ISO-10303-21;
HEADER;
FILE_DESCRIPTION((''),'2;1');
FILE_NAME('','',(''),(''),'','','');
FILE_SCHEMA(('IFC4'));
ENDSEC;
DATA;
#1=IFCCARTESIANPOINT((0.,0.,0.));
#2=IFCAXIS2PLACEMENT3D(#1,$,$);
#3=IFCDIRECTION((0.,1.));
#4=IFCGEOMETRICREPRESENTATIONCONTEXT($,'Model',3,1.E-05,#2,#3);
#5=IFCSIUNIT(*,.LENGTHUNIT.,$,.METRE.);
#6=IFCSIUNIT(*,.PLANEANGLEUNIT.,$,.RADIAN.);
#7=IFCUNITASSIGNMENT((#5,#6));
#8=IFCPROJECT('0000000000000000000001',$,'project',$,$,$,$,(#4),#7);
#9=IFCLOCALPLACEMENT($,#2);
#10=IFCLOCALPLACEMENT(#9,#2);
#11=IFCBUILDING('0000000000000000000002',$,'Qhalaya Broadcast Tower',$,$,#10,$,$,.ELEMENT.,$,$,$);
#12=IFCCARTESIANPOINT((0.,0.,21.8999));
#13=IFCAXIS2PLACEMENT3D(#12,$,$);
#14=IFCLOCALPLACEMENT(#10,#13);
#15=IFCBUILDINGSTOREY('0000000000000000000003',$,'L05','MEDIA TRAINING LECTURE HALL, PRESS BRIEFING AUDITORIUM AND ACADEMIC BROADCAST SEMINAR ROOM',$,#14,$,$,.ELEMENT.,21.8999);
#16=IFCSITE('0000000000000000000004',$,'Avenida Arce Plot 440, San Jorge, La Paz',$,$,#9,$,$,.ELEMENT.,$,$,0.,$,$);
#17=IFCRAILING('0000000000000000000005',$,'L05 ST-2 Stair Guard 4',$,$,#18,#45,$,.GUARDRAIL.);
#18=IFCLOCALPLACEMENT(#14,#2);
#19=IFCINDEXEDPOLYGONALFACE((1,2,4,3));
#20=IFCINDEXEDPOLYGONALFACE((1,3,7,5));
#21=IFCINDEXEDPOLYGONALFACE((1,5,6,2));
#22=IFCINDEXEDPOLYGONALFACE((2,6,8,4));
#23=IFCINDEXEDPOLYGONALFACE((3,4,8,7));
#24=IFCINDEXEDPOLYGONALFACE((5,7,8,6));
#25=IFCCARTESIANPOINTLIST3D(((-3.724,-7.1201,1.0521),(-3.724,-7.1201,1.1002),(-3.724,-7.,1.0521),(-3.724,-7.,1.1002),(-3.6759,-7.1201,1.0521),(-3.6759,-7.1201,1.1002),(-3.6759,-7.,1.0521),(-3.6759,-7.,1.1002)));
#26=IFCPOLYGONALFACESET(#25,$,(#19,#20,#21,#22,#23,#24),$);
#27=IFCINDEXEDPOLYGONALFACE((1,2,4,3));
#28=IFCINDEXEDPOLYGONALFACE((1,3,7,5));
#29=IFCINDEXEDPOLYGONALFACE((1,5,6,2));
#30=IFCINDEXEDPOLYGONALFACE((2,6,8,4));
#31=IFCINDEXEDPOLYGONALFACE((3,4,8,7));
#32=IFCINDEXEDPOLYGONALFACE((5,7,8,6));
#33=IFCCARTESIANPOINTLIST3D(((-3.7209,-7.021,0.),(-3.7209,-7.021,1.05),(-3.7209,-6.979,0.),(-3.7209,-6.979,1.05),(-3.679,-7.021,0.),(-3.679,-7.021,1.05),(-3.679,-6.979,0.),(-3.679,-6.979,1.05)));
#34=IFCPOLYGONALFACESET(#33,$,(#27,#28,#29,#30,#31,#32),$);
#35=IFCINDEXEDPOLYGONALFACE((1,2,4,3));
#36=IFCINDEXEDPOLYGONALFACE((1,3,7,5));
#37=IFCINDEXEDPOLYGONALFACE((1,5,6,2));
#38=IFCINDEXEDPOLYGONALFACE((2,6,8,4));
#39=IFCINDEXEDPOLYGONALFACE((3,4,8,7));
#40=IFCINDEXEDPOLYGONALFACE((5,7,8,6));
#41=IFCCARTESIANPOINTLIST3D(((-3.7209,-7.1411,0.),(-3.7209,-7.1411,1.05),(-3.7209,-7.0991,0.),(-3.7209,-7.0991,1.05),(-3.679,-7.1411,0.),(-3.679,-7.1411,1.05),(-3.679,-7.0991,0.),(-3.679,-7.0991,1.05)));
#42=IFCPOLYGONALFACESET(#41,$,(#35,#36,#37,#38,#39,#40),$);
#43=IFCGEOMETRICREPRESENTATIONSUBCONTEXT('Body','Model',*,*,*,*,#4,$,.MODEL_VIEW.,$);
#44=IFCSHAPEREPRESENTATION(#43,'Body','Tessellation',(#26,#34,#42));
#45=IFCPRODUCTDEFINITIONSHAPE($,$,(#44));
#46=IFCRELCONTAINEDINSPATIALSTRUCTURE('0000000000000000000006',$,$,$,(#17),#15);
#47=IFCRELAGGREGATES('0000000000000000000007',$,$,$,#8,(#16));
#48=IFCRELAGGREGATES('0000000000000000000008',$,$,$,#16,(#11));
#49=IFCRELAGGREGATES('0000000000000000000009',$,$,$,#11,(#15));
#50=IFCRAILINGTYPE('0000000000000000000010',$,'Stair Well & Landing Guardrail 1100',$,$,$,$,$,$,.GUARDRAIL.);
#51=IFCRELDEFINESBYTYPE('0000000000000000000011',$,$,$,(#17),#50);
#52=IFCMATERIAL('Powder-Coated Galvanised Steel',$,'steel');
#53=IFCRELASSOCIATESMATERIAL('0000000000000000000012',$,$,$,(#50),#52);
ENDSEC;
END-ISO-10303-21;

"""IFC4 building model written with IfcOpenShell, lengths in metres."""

from ifc_helpers import new_model, si_unit, direction, frame, origin, origin_2d, place, context, subcontext, project, spatial, rectangle, extrude, material, type_object, element, save


model = new_model("IFC4")

# Units and contexts
model_context = context("Model", 3, precision=1e-05, world=origin(), true_north=direction((0.0, 1.0)))
body_context = subcontext(model_context, "Body", "Model", "MODEL_VIEW")
ifc_project = project(units=[si_unit("LENGTHUNIT", "METRE"), si_unit("PLANEANGLEUNIT", "RADIAN")], contexts=[model_context])

# Site, building, storey
site_placement = place(None, origin())
site = spatial("IfcSite", under=ifc_project, at=site_placement, Name="Avenida Arce Plot 440, San Jorge, La Paz", CompositionType="ELEMENT", RefElevation=0.0)
building_placement = place(site_placement, origin())
building = spatial("IfcBuilding", under=site, at=building_placement, Name="Qhalaya Broadcast Tower", CompositionType="ELEMENT")
storey_placement = place(building_placement, frame((0.0, 0.0, 21.8999)))
storey = spatial("IfcBuildingStorey", under=building, at=storey_placement, Name="L05", Description="MEDIA TRAINING LECTURE HALL, PRESS BRIEFING AUDITORIUM AND ACADEMIC BROADCAST SEMINAR ROOM", CompositionType="ELEMENT", Elevation=21.8999)

# Railing
ifc_material_1 = material(Name="Powder-Coated Galvanised Steel", Category="steel")
railing_type_1 = type_object("IfcRailingType", Name="Stair Well & Landing Guardrail 1100", PredefinedType="GUARDRAIL", material=ifc_material_1)
railing_1_placement = place(storey_placement, frame((-3.7, -7.0, 0.0)))
element("IfcRailing", 1, at=railing_1_placement, inside=storey, type_object=railing_type_1, Name="L05 ST-2 Stair Guard 4", PredefinedType="GUARDRAIL", context=body_context, shape_type="SweptSolid", body=[
    extrude(rectangle(XDim=0.0481, YDim=0.0481, at=origin_2d()), frame((0.0, 0.0, 1.0762), z_axis=(0.0, -1.0, 0.0), x_axis=(1.0, 0.0, 0.0)), (0.0, 0.0, 1.0), 0.1201),
    extrude(rectangle(XDim=0.042, YDim=0.042, at=origin_2d()), origin(), (0.0, 0.0, 1.0), 1.05),
    extrude(rectangle(XDim=0.042, YDim=0.042, at=origin_2d()), frame((0.0, -0.1201, 0.0)), (0.0, 0.0, 1.0), 1.05),
])

save(model, "model.ifc")
